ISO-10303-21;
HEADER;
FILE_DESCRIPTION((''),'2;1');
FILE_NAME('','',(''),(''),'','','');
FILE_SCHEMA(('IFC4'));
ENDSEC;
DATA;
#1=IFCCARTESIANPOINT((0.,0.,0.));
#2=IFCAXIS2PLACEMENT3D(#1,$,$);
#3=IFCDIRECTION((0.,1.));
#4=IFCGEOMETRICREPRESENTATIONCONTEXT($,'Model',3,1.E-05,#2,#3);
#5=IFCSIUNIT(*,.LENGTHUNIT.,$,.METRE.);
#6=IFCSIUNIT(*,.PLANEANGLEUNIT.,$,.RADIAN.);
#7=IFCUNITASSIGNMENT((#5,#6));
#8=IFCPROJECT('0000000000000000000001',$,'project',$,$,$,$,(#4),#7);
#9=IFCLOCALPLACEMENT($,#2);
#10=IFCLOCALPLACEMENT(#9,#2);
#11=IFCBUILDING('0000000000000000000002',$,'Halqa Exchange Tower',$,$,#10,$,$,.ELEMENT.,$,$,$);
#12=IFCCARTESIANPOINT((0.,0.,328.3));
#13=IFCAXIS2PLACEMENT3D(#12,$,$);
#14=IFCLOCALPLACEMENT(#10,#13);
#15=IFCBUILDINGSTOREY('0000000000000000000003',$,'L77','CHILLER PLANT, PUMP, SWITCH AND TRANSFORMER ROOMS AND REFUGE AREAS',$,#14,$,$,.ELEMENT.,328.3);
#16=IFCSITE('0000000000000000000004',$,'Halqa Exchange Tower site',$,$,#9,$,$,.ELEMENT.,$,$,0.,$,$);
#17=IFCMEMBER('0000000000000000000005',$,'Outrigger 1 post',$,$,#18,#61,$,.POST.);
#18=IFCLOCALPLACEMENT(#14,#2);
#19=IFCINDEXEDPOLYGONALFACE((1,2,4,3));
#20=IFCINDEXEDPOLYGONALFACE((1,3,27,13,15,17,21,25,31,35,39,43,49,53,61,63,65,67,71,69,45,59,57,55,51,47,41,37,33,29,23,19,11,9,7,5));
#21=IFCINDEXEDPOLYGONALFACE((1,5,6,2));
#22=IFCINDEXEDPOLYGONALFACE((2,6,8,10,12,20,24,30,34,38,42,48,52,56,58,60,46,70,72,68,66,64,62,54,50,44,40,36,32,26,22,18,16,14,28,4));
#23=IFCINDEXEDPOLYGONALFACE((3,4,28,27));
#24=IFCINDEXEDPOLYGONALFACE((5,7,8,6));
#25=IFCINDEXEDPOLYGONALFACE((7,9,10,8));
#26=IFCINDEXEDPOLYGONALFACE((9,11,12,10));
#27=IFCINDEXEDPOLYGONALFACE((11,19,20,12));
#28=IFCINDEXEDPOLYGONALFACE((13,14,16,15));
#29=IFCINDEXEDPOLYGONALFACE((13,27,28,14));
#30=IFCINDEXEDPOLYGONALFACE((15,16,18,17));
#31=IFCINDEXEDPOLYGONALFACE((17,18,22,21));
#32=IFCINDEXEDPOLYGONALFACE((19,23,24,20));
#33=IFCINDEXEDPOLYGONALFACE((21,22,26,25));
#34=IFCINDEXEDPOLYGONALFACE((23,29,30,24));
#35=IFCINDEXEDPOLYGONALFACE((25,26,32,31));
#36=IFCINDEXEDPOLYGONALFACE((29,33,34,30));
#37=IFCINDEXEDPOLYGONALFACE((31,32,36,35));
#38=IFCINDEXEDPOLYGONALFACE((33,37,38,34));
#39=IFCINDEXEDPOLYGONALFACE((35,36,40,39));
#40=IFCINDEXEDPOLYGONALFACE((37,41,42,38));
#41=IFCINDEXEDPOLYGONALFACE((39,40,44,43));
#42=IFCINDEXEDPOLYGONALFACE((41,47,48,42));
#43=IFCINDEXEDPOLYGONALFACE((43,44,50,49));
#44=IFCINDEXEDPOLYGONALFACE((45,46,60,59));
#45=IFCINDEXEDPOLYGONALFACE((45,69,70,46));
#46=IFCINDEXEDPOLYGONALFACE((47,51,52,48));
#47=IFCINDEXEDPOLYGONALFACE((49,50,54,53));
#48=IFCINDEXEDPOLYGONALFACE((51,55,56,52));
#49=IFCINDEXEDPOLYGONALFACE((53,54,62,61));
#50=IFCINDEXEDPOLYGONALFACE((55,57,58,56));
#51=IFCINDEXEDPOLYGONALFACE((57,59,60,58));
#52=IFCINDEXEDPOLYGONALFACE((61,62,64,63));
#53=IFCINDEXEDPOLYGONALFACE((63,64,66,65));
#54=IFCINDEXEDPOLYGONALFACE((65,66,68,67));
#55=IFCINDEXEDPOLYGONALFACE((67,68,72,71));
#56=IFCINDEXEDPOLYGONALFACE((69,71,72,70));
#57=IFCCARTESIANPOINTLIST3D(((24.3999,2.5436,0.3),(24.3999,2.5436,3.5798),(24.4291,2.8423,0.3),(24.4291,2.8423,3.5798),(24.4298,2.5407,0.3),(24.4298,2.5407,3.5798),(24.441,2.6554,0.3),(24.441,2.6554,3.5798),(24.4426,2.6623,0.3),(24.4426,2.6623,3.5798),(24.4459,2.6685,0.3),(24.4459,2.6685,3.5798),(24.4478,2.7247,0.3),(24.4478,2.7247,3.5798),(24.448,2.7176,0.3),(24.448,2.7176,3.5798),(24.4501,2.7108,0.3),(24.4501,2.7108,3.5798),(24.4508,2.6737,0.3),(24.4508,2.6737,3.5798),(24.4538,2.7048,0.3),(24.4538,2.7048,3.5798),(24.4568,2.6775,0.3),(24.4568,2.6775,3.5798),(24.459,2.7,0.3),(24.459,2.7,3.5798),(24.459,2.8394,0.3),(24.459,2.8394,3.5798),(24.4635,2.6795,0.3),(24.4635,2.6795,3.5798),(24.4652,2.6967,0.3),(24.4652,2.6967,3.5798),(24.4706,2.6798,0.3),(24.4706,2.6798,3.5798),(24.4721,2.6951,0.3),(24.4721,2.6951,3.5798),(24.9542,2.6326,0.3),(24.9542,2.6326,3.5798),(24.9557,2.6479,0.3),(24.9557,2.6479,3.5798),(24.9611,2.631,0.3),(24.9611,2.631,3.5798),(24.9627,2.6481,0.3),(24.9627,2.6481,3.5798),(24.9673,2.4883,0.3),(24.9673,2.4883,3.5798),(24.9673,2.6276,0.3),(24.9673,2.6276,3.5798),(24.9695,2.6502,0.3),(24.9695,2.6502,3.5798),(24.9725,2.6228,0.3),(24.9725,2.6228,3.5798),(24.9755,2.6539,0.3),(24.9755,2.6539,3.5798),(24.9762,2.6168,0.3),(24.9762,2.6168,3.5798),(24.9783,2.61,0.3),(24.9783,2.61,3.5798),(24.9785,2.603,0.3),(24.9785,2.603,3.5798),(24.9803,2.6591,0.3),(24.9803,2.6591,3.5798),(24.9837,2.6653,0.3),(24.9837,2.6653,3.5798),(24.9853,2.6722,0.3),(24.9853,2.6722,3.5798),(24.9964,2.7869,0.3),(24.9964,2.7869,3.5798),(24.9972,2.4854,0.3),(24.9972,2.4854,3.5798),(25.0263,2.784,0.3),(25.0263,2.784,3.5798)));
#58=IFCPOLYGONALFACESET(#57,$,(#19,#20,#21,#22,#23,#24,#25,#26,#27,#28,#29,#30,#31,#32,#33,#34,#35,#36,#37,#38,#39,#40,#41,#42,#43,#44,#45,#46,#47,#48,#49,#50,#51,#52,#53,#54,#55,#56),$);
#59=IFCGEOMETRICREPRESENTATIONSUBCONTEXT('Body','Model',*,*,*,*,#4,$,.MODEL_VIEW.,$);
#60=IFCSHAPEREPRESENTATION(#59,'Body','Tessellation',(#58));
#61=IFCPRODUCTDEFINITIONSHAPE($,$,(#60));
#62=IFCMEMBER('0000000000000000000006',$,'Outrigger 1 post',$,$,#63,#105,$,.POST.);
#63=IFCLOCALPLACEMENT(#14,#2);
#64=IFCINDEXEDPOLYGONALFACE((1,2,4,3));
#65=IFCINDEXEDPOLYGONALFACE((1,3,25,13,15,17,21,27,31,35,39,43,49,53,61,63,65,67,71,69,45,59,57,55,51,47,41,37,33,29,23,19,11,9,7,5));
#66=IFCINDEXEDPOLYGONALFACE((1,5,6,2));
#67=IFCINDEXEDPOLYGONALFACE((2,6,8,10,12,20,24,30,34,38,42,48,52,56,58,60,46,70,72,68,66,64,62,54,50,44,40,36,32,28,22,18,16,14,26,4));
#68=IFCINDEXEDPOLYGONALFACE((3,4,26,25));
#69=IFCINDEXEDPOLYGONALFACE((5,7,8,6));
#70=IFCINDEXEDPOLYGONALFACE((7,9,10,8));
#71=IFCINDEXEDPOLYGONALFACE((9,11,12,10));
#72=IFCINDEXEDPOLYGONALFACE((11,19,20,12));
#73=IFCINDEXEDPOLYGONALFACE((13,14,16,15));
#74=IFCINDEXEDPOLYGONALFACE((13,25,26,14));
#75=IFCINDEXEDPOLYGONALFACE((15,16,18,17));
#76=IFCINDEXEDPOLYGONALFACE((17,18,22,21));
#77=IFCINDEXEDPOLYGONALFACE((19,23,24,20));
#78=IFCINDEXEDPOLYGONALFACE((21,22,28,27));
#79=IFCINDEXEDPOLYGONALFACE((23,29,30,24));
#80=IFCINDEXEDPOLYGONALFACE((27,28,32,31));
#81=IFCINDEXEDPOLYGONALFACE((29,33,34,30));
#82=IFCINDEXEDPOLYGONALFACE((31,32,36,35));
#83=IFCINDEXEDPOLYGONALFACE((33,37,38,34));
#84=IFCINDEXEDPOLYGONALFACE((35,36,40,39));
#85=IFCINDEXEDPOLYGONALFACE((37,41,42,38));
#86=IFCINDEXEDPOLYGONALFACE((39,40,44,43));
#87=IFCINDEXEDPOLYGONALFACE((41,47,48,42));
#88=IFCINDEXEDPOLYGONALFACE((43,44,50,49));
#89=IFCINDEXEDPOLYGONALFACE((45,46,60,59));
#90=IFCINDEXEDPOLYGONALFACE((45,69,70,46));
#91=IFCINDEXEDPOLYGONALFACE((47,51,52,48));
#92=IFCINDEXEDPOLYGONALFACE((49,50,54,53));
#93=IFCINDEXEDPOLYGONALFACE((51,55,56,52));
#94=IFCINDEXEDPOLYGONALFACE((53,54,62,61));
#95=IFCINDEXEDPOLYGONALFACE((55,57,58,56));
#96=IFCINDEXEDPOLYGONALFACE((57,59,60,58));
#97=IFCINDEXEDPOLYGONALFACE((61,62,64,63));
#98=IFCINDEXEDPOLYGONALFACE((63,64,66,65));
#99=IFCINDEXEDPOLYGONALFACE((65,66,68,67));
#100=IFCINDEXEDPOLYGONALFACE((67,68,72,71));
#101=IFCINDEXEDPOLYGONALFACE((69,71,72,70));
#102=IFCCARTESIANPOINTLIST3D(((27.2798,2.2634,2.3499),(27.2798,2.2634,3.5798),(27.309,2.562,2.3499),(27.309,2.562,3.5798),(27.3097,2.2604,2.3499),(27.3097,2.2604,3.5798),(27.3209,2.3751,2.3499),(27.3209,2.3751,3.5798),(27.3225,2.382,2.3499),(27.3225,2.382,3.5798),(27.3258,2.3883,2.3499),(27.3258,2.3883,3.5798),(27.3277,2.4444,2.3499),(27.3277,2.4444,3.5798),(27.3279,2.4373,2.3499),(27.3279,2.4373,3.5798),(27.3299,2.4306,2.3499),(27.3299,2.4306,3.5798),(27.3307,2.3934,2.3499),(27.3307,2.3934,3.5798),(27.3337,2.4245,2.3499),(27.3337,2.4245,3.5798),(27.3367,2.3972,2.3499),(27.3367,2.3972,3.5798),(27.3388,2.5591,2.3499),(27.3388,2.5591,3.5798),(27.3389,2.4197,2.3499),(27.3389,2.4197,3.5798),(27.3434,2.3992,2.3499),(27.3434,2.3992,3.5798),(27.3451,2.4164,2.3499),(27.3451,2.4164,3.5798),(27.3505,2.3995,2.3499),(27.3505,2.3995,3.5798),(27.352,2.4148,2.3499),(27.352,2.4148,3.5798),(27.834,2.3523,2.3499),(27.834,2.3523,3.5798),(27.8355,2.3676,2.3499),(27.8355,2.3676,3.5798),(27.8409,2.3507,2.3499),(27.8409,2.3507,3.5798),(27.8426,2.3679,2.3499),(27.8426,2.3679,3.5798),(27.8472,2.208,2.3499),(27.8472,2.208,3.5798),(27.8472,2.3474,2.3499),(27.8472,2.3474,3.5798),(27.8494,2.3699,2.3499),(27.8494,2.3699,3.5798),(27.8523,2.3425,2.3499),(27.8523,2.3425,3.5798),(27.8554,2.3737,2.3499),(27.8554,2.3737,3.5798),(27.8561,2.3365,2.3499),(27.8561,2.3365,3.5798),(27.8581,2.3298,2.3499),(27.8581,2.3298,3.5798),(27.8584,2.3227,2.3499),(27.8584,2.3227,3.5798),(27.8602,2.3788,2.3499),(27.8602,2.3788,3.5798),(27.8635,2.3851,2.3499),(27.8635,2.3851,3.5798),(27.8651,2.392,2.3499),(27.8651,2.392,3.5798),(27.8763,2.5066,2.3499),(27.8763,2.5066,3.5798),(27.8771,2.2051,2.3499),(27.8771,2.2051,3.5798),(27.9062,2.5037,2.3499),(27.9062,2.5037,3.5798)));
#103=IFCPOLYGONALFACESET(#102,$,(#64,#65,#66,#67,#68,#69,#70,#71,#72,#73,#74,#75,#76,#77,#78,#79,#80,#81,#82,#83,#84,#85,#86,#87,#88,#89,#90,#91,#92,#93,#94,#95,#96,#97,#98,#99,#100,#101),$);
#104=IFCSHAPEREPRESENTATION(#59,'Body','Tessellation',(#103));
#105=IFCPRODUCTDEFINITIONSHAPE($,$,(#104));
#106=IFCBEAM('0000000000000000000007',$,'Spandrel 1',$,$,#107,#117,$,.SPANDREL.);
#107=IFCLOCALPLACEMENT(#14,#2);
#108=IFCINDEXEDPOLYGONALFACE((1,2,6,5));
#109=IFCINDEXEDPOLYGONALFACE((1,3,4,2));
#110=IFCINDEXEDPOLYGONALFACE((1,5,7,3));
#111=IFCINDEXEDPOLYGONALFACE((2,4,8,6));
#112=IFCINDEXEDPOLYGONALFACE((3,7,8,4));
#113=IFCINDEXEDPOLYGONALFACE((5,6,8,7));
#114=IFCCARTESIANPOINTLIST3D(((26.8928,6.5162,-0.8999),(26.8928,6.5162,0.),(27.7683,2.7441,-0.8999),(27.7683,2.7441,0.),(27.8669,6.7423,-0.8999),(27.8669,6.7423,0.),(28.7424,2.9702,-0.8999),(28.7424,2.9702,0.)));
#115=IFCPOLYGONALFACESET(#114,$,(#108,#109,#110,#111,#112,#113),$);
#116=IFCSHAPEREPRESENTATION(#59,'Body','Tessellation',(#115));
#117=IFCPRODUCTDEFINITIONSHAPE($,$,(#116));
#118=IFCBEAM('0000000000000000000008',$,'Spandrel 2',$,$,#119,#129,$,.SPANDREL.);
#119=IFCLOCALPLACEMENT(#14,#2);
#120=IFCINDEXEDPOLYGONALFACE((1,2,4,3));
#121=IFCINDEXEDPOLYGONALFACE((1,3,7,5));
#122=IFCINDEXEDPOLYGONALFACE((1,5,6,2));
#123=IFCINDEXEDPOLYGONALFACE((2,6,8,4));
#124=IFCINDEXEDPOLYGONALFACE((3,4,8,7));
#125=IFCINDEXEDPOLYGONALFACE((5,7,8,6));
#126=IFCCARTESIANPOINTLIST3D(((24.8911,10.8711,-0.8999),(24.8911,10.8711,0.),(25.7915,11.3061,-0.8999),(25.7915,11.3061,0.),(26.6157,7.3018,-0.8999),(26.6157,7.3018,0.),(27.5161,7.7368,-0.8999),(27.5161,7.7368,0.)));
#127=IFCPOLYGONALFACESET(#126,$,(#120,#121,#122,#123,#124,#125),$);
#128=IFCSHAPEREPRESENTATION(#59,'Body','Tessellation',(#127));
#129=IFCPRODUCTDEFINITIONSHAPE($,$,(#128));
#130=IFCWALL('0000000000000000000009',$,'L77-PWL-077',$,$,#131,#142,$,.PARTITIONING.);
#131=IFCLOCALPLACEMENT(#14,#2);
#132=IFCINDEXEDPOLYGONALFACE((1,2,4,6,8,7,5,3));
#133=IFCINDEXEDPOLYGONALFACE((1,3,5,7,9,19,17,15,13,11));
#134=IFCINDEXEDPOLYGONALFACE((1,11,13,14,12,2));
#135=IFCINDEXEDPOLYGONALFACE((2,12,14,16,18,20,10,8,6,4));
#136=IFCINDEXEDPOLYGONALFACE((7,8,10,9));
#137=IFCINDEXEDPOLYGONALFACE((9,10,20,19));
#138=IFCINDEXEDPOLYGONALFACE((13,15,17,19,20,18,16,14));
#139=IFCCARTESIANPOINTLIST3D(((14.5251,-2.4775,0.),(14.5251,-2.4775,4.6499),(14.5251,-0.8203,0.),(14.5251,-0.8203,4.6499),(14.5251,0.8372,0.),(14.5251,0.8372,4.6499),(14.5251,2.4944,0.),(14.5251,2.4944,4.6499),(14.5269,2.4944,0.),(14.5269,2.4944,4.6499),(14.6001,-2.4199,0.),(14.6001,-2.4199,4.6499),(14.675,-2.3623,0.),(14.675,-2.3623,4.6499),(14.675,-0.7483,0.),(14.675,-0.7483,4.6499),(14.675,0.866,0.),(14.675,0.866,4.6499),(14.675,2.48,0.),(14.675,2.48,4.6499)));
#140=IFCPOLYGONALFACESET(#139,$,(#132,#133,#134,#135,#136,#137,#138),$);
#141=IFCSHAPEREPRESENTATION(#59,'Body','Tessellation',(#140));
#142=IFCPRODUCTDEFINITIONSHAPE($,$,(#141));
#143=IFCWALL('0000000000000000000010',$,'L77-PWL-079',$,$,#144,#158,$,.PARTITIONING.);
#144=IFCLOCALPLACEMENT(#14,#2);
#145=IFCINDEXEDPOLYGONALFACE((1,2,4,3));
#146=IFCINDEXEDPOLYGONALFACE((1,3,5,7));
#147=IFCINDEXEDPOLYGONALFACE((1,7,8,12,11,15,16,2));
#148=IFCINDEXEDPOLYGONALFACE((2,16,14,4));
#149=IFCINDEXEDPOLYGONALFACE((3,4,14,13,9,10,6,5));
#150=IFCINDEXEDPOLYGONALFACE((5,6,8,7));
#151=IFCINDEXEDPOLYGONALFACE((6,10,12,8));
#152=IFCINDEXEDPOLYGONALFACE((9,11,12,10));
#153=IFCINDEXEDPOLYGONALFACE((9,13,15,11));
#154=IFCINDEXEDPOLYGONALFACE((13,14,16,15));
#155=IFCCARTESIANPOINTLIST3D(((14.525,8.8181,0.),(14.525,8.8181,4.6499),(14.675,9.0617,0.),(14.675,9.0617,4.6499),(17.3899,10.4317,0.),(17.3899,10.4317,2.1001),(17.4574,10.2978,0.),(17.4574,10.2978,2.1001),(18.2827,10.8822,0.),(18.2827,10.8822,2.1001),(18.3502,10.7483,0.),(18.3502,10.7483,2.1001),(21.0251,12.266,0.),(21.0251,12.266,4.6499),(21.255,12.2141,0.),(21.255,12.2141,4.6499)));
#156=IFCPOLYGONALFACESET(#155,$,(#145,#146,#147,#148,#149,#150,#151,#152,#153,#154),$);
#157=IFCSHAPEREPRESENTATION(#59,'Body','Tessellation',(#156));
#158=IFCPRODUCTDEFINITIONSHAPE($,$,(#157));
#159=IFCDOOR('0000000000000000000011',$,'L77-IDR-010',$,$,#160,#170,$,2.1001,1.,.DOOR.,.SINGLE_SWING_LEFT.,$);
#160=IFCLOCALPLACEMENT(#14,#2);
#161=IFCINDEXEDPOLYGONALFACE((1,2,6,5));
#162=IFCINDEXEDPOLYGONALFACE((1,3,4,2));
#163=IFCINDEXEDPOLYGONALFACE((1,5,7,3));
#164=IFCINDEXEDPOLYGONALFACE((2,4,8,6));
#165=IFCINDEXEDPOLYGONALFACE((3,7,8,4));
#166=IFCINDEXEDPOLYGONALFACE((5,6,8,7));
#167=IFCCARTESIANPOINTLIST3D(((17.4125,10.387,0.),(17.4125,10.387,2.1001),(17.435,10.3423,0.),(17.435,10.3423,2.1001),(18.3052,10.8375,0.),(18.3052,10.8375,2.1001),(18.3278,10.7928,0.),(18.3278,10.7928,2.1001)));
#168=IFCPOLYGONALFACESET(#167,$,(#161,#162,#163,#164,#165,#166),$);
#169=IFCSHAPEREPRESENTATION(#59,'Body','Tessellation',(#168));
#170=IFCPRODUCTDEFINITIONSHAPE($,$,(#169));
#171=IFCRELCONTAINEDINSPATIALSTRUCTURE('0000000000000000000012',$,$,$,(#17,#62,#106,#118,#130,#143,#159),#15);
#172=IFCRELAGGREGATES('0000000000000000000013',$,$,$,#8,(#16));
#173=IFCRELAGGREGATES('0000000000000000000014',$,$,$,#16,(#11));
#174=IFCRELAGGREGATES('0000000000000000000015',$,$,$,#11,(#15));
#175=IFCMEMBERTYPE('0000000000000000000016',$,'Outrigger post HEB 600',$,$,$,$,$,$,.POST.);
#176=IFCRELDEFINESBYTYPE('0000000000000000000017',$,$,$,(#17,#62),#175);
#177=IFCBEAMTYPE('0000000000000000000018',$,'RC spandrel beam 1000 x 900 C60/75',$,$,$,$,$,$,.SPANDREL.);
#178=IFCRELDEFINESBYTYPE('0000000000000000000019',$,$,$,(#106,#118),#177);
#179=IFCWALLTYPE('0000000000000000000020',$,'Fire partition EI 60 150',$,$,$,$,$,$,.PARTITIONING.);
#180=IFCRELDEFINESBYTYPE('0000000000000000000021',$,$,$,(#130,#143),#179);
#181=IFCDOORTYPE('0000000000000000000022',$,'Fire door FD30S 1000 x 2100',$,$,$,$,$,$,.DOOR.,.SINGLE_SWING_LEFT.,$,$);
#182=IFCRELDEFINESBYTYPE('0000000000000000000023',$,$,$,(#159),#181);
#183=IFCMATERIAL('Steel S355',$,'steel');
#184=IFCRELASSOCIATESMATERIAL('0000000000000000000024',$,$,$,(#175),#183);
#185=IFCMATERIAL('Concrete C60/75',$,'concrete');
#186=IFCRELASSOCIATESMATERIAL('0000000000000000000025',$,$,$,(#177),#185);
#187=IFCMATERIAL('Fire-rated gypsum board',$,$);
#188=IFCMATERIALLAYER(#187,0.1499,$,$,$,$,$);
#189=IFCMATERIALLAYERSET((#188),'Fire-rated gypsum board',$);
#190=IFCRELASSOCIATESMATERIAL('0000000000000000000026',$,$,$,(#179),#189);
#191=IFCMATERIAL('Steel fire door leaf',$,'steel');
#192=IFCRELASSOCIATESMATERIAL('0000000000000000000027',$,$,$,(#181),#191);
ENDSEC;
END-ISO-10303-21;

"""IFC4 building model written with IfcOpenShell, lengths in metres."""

from ifc_helpers import new_model, si_unit, direction, frame, frame_2d, origin, origin_2d, place, context, subcontext, project, spatial, polyline, rectangle, i_section, outline, extrude, material, layer, layer_set, material_profile, profile_set, type_object, element, fill, save


model = new_model("IFC4")

# Units and contexts
model_context = context("Model", 3, precision=1e-05, world=origin(), true_north=direction((0.0, 1.0)))
body_context = subcontext(model_context, "Body", "Model", "MODEL_VIEW")
ifc_project = project(units=[si_unit("LENGTHUNIT", "METRE"), si_unit("PLANEANGLEUNIT", "RADIAN")], contexts=[model_context])

# Site, building, storey
site_placement = place(None, origin())
site = spatial("IfcSite", under=ifc_project, at=site_placement, Name="Halqa Exchange Tower site", CompositionType="ELEMENT", RefElevation=0.0)
building_placement = place(site_placement, origin())
building = spatial("IfcBuilding", under=site, at=building_placement, Name="Halqa Exchange Tower", CompositionType="ELEMENT")
storey_placement = place(building_placement, frame((0.0, 0.0, 328.3)))
storey = spatial("IfcBuildingStorey", under=building, at=storey_placement, Name="L77", Description="CHILLER PLANT, PUMP, SWITCH AND TRANSFORMER ROOMS AND REFUGE AREAS", CompositionType="ELEMENT", Elevation=328.3)

# Members
ifc_material_1 = material(Name="Steel S355", Category="steel")
ifc_material_profile_1 = material_profile(ifc_material_1, i_section(OverallWidth=0.3, OverallDepth=0.6001, WebThickness=0.0154, FlangeThickness=0.03, FilletRadius=0.0271, at=origin_2d()), Name="HEB 600")
ifc_profile_set_1 = profile_set([ifc_material_profile_1], Name="Steel S355")
member_type_1 = type_object("IfcMemberType", Name="Outrigger post HEB 600", PredefinedType="POST", material=ifc_profile_set_1)
member_1_placement = place(storey_placement, frame((24.7131, 2.6638, 0.3), z_axis=(0.0, 0.0, 1.0), x_axis=(0.097097, 0.995275, 0.0)))
element("IfcMember", 1, at=member_1_placement, inside=storey, type_object=member_type_1, Name="Outrigger 1 post", PredefinedType="POST", context=body_context, shape_type="SweptSolid", body=[
    extrude(i_section(OverallWidth=0.3, OverallDepth=0.6001, WebThickness=0.0154, FlangeThickness=0.03, FilletRadius=0.0271, at=origin_2d()), origin(), (0.0, 0.0, 1.0), 3.2798),
])
member_2_placement = place(storey_placement, frame((27.593, 2.3835, 2.3499), z_axis=(0.0, 0.0, 1.0), x_axis=(0.097097, 0.995275, 0.0)))
element("IfcMember", 2, at=member_2_placement, inside=storey, type_object=member_type_1, Name="Outrigger 1 post", PredefinedType="POST", context=body_context, shape_type="SweptSolid", body=[
    extrude(i_section(OverallWidth=0.3, OverallDepth=0.6001, WebThickness=0.0154, FlangeThickness=0.03, FilletRadius=0.0271, at=origin_2d()), origin(), (0.0, 0.0, 1.0), 1.23),
])

# Beams
ifc_material_2 = material(Name="Concrete C60/75", Category="concrete")
ifc_material_profile_2 = material_profile(ifc_material_2, rectangle(XDim=1.0, YDim=0.8999, at=origin_2d()), Name="1000 x 900")
ifc_profile_set_2 = profile_set([ifc_material_profile_2], Name="Concrete C60/75")
beam_type = type_object("IfcBeamType", Name="RC spandrel beam 1000 x 900 C60/75", PredefinedType="SPANDREL", material=ifc_profile_set_2)
beam_1_placement = place(storey_placement, frame((28.2554, 2.8572, -0.45), z_axis=(-0.226093, 0.974106, 0.0), x_axis=(-0.974106, -0.226093, 0.0)))
element("IfcBeam", 3, at=beam_1_placement, inside=storey, type_object=beam_type, Name="Spandrel 1", PredefinedType="SPANDREL", context=body_context, shape_type="SweptSolid", body=[
    extrude(rectangle(XDim=1.0, YDim=0.8999, at=origin_2d()), origin(), (0.0, 0.0, 1.0), 3.8723),
])
beam_2_placement = place(storey_placement, frame((27.0659, 7.5193, -0.45), z_axis=(-0.435052, 0.900405, 0.0), x_axis=(-0.900405, -0.435052, 0.0)))
element("IfcBeam", 4, at=beam_2_placement, inside=storey, type_object=beam_type, Name="Spandrel 2", PredefinedType="SPANDREL", context=body_context, shape_type="SweptSolid", body=[
    extrude(rectangle(XDim=1.0, YDim=0.8999, at=origin_2d()), origin(), (0.0, 0.0, 1.0), 3.9641),
])

# Wall
ifc_material_3 = material(Name="Fire-rated gypsum board")
ifc_layer_1 = layer(ifc_material_3, 0.1499)
ifc_layer_set_1 = layer_set([ifc_layer_1], Name="Fire-rated gypsum board")
wall_type_1 = type_object("IfcWallType", Name="Fire partition EI 60 150", PredefinedType="PARTITIONING", material=ifc_layer_set_1)
wall_1_placement = place(storey_placement, frame((14.6001, 2.4944, 0.0), z_axis=(0.0, 0.0, 1.0), x_axis=(0.0, -1.0, 0.0)))
element("IfcWall", 5, at=wall_1_placement, inside=storey, type_object=wall_type_1, Name="L77-PWL-077", PredefinedType="PARTITIONING", context=body_context, shape_type="SweptSolid", body=[
    extrude(outline(polyline([(0.0, -0.075), (1.6572, -0.075), (3.3147, -0.075), (4.9719, -0.075), (4.9143, 0.0), (4.8567, 0.075), (4.8567, 0.075), (4.8567, 0.075), (3.2427, 0.075), (1.6284, 0.075), (0.0144, 0.075), (0.0, -0.0732), (0.0, -0.075)])), origin(), (0.0, 0.0, 1.0), 4.6499),
])

# Wall, opening, door
wall_2_placement = place(storey_placement, frame((14.4912, 8.885, 0.0), z_axis=(0.0, 0.0, 1.0), x_axis=(0.892776, 0.450501, 0.0)))
wall_2 = element("IfcWall", 6, at=wall_2_placement, inside=storey, type_object=wall_type_1, Name="L77-PWL-079", PredefinedType="PARTITIONING", context=body_context, shape_type="SweptSolid", body=[
    extrude(outline(polyline([(0.0, -0.075), (1.8845, -0.075), (3.769, -0.075), (5.6536, -0.075), (7.5383, -0.075), (7.3564, 0.075), (5.5781, 0.075), (3.8, 0.075), (2.0217, 0.075), (0.2437, 0.075), (0.0, -0.075), (0.0, -0.075)])), origin(), (0.0, 0.0, 1.0), 4.6499),
])
opening_1_placement = place(wall_2_placement, frame((3.2847, 0.0, 0.0)))
opening_1 = element("IfcOpeningElement", 7, at=opening_1_placement, cuts=wall_2, PredefinedType="OPENING", context=body_context, shape_type="SweptSolid", body=[
    extrude(rectangle(XDim=1.0, YDim=2.1001, at=frame_2d((0.5, 1.05))), frame((0.0, 0.0869, 0.0), z_axis=(0.0, -1.0, 0.0), x_axis=(1.0, 0.0, 0.0)), (0.0, 0.0, 1.0), 0.1738),
])
ifc_material_4 = material(Name="Steel fire door leaf", Category="steel")
door_type = type_object("IfcDoorType", Name="Fire door FD30S 1000 x 2100", OperationType="SINGLE_SWING_LEFT", PredefinedType="DOOR", material=ifc_material_4)
door_1_placement = place(opening_1_placement, origin())
door_1 = element("IfcDoor", 8, at=door_1_placement, inside=storey, type_object=door_type, Name="L77-IDR-010", OperationType="SINGLE_SWING_LEFT", OverallHeight=2.1001, OverallWidth=1.0, PredefinedType="DOOR", context=body_context, shape_type="SweptSolid", body=[
    extrude(rectangle(XDim=1.0, YDim=2.1001, at=frame_2d((0.5, 1.05))), frame((0.0, 0.0249, 0.0), z_axis=(0.0, -1.0, 0.0), x_axis=(1.0, 0.0, 0.0)), (0.0, 0.0, 1.0), 0.05),
])
fill(opening_1, door_1)

save(model, "model.ifc")
